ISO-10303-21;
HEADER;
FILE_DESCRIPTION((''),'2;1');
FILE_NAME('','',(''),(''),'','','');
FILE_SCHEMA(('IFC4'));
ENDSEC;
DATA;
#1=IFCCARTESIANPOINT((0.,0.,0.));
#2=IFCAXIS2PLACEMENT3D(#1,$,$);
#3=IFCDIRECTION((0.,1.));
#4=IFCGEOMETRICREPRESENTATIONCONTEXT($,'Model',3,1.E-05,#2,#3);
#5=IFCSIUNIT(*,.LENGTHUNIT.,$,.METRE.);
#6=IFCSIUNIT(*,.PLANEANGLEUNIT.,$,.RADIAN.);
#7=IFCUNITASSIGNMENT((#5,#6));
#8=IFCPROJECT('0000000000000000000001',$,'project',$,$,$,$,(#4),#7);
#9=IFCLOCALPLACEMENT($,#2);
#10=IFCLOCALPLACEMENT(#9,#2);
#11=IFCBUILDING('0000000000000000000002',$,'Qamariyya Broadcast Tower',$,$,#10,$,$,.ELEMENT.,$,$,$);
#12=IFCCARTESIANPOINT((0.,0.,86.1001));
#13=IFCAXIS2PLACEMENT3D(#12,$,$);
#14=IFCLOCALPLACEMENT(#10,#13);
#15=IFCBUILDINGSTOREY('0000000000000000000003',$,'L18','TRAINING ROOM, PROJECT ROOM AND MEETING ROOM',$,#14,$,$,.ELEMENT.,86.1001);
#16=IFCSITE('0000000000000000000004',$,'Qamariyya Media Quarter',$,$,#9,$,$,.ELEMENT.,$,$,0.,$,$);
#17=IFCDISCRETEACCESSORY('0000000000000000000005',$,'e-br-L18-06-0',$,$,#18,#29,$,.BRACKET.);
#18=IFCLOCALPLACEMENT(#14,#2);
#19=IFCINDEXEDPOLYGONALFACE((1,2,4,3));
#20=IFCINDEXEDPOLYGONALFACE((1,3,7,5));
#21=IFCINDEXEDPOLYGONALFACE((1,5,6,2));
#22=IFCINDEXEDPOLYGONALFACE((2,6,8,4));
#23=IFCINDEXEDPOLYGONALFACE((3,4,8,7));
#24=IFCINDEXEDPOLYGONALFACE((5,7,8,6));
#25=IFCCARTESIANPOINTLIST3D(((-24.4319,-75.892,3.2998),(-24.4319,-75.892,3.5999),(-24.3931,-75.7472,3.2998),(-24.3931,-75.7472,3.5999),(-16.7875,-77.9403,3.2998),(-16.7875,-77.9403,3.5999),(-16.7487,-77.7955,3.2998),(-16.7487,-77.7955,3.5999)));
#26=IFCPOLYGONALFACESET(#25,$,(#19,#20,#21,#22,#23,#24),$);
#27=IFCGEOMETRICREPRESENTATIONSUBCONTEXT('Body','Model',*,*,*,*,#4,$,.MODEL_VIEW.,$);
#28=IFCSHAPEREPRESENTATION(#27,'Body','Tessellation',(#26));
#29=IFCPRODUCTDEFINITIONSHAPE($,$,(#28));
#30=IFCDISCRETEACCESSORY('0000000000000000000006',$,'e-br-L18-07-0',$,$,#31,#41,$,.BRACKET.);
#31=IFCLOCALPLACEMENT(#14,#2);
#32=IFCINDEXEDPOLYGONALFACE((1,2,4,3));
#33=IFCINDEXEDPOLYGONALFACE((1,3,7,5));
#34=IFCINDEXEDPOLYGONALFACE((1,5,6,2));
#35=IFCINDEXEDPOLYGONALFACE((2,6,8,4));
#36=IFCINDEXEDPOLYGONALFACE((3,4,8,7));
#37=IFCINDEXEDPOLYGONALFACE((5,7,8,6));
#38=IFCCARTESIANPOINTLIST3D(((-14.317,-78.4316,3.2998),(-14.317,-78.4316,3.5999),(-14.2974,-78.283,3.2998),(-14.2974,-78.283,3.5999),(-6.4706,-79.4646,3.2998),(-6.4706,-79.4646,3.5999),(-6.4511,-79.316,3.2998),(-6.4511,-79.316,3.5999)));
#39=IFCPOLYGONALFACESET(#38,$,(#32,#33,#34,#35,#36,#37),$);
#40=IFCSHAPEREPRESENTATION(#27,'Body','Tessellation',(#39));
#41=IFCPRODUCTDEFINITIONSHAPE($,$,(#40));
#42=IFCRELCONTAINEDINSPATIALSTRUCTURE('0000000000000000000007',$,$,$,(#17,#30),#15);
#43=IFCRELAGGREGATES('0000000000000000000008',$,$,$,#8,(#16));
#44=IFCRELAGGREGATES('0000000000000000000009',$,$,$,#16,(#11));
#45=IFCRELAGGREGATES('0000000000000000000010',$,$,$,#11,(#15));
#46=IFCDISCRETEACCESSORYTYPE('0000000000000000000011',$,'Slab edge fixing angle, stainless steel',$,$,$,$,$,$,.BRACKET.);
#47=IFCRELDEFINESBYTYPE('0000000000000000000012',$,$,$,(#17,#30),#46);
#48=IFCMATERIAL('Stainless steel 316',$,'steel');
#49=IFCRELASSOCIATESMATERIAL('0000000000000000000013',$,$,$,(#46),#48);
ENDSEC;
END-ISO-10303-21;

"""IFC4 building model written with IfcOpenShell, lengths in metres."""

from ifc_helpers import new_model, si_unit, direction, frame, origin, origin_2d, place, context, subcontext, project, spatial, rectangle, extrude, material, type_object, element, save


model = new_model("IFC4")

# Units and contexts
model_context = context("Model", 3, precision=1e-05, world=origin(), true_north=direction((0.0, 1.0)))
body_context = subcontext(model_context, "Body", "Model", "MODEL_VIEW")
ifc_project = project(units=[si_unit("LENGTHUNIT", "METRE"), si_unit("PLANEANGLEUNIT", "RADIAN")], contexts=[model_context])

# Site, building, storey
site_placement = place(None, origin())
site = spatial("IfcSite", under=ifc_project, at=site_placement, Name="Qamariyya Media Quarter", CompositionType="ELEMENT", RefElevation=0.0)
building_placement = place(site_placement, origin())
building = spatial("IfcBuilding", under=site, at=building_placement, Name="Qamariyya Broadcast Tower", CompositionType="ELEMENT")
storey_placement = place(building_placement, frame((0.0, 0.0, 86.1001)))
storey = spatial("IfcBuildingStorey", under=building, at=storey_placement, Name="L18", Description="TRAINING ROOM, PROJECT ROOM AND MEETING ROOM", CompositionType="ELEMENT", Elevation=86.1001)

# Discrete accessories
ifc_material_1 = material(Name="Stainless steel 316", Category="steel")
discrete_accessory_type = type_object("IfcDiscreteAccessoryType", Name="Slab edge fixing angle, stainless steel", PredefinedType="BRACKET", material=ifc_material_1)
for number, where, z_axis, x_axis, name in (
    (1, (-20.5903, -76.8438, 3.2998), (0.0, 0.0, 1.0), (0.965926, -0.258819, 0.0), "e-br-L18-06-0"),
    (2, (-10.384, -78.8738, 3.2998), (0.0, 0.0, 1.0), (0.991445, -0.130526, 0.0), "e-br-L18-07-0"),
):
    element("IfcDiscreteAccessory", number, at=place(storey_placement, frame(where, z_axis=z_axis, x_axis=x_axis)), inside=storey, type_object=discrete_accessory_type, Name=name, PredefinedType="BRACKET", context=body_context, shape_type="SweptSolid", body=[
        extrude(rectangle(XDim=7.9141, YDim=0.1499, at=origin_2d()), origin(), (0.0, 0.0, 1.0), 0.3),
    ])

save(model, "model.ifc")
